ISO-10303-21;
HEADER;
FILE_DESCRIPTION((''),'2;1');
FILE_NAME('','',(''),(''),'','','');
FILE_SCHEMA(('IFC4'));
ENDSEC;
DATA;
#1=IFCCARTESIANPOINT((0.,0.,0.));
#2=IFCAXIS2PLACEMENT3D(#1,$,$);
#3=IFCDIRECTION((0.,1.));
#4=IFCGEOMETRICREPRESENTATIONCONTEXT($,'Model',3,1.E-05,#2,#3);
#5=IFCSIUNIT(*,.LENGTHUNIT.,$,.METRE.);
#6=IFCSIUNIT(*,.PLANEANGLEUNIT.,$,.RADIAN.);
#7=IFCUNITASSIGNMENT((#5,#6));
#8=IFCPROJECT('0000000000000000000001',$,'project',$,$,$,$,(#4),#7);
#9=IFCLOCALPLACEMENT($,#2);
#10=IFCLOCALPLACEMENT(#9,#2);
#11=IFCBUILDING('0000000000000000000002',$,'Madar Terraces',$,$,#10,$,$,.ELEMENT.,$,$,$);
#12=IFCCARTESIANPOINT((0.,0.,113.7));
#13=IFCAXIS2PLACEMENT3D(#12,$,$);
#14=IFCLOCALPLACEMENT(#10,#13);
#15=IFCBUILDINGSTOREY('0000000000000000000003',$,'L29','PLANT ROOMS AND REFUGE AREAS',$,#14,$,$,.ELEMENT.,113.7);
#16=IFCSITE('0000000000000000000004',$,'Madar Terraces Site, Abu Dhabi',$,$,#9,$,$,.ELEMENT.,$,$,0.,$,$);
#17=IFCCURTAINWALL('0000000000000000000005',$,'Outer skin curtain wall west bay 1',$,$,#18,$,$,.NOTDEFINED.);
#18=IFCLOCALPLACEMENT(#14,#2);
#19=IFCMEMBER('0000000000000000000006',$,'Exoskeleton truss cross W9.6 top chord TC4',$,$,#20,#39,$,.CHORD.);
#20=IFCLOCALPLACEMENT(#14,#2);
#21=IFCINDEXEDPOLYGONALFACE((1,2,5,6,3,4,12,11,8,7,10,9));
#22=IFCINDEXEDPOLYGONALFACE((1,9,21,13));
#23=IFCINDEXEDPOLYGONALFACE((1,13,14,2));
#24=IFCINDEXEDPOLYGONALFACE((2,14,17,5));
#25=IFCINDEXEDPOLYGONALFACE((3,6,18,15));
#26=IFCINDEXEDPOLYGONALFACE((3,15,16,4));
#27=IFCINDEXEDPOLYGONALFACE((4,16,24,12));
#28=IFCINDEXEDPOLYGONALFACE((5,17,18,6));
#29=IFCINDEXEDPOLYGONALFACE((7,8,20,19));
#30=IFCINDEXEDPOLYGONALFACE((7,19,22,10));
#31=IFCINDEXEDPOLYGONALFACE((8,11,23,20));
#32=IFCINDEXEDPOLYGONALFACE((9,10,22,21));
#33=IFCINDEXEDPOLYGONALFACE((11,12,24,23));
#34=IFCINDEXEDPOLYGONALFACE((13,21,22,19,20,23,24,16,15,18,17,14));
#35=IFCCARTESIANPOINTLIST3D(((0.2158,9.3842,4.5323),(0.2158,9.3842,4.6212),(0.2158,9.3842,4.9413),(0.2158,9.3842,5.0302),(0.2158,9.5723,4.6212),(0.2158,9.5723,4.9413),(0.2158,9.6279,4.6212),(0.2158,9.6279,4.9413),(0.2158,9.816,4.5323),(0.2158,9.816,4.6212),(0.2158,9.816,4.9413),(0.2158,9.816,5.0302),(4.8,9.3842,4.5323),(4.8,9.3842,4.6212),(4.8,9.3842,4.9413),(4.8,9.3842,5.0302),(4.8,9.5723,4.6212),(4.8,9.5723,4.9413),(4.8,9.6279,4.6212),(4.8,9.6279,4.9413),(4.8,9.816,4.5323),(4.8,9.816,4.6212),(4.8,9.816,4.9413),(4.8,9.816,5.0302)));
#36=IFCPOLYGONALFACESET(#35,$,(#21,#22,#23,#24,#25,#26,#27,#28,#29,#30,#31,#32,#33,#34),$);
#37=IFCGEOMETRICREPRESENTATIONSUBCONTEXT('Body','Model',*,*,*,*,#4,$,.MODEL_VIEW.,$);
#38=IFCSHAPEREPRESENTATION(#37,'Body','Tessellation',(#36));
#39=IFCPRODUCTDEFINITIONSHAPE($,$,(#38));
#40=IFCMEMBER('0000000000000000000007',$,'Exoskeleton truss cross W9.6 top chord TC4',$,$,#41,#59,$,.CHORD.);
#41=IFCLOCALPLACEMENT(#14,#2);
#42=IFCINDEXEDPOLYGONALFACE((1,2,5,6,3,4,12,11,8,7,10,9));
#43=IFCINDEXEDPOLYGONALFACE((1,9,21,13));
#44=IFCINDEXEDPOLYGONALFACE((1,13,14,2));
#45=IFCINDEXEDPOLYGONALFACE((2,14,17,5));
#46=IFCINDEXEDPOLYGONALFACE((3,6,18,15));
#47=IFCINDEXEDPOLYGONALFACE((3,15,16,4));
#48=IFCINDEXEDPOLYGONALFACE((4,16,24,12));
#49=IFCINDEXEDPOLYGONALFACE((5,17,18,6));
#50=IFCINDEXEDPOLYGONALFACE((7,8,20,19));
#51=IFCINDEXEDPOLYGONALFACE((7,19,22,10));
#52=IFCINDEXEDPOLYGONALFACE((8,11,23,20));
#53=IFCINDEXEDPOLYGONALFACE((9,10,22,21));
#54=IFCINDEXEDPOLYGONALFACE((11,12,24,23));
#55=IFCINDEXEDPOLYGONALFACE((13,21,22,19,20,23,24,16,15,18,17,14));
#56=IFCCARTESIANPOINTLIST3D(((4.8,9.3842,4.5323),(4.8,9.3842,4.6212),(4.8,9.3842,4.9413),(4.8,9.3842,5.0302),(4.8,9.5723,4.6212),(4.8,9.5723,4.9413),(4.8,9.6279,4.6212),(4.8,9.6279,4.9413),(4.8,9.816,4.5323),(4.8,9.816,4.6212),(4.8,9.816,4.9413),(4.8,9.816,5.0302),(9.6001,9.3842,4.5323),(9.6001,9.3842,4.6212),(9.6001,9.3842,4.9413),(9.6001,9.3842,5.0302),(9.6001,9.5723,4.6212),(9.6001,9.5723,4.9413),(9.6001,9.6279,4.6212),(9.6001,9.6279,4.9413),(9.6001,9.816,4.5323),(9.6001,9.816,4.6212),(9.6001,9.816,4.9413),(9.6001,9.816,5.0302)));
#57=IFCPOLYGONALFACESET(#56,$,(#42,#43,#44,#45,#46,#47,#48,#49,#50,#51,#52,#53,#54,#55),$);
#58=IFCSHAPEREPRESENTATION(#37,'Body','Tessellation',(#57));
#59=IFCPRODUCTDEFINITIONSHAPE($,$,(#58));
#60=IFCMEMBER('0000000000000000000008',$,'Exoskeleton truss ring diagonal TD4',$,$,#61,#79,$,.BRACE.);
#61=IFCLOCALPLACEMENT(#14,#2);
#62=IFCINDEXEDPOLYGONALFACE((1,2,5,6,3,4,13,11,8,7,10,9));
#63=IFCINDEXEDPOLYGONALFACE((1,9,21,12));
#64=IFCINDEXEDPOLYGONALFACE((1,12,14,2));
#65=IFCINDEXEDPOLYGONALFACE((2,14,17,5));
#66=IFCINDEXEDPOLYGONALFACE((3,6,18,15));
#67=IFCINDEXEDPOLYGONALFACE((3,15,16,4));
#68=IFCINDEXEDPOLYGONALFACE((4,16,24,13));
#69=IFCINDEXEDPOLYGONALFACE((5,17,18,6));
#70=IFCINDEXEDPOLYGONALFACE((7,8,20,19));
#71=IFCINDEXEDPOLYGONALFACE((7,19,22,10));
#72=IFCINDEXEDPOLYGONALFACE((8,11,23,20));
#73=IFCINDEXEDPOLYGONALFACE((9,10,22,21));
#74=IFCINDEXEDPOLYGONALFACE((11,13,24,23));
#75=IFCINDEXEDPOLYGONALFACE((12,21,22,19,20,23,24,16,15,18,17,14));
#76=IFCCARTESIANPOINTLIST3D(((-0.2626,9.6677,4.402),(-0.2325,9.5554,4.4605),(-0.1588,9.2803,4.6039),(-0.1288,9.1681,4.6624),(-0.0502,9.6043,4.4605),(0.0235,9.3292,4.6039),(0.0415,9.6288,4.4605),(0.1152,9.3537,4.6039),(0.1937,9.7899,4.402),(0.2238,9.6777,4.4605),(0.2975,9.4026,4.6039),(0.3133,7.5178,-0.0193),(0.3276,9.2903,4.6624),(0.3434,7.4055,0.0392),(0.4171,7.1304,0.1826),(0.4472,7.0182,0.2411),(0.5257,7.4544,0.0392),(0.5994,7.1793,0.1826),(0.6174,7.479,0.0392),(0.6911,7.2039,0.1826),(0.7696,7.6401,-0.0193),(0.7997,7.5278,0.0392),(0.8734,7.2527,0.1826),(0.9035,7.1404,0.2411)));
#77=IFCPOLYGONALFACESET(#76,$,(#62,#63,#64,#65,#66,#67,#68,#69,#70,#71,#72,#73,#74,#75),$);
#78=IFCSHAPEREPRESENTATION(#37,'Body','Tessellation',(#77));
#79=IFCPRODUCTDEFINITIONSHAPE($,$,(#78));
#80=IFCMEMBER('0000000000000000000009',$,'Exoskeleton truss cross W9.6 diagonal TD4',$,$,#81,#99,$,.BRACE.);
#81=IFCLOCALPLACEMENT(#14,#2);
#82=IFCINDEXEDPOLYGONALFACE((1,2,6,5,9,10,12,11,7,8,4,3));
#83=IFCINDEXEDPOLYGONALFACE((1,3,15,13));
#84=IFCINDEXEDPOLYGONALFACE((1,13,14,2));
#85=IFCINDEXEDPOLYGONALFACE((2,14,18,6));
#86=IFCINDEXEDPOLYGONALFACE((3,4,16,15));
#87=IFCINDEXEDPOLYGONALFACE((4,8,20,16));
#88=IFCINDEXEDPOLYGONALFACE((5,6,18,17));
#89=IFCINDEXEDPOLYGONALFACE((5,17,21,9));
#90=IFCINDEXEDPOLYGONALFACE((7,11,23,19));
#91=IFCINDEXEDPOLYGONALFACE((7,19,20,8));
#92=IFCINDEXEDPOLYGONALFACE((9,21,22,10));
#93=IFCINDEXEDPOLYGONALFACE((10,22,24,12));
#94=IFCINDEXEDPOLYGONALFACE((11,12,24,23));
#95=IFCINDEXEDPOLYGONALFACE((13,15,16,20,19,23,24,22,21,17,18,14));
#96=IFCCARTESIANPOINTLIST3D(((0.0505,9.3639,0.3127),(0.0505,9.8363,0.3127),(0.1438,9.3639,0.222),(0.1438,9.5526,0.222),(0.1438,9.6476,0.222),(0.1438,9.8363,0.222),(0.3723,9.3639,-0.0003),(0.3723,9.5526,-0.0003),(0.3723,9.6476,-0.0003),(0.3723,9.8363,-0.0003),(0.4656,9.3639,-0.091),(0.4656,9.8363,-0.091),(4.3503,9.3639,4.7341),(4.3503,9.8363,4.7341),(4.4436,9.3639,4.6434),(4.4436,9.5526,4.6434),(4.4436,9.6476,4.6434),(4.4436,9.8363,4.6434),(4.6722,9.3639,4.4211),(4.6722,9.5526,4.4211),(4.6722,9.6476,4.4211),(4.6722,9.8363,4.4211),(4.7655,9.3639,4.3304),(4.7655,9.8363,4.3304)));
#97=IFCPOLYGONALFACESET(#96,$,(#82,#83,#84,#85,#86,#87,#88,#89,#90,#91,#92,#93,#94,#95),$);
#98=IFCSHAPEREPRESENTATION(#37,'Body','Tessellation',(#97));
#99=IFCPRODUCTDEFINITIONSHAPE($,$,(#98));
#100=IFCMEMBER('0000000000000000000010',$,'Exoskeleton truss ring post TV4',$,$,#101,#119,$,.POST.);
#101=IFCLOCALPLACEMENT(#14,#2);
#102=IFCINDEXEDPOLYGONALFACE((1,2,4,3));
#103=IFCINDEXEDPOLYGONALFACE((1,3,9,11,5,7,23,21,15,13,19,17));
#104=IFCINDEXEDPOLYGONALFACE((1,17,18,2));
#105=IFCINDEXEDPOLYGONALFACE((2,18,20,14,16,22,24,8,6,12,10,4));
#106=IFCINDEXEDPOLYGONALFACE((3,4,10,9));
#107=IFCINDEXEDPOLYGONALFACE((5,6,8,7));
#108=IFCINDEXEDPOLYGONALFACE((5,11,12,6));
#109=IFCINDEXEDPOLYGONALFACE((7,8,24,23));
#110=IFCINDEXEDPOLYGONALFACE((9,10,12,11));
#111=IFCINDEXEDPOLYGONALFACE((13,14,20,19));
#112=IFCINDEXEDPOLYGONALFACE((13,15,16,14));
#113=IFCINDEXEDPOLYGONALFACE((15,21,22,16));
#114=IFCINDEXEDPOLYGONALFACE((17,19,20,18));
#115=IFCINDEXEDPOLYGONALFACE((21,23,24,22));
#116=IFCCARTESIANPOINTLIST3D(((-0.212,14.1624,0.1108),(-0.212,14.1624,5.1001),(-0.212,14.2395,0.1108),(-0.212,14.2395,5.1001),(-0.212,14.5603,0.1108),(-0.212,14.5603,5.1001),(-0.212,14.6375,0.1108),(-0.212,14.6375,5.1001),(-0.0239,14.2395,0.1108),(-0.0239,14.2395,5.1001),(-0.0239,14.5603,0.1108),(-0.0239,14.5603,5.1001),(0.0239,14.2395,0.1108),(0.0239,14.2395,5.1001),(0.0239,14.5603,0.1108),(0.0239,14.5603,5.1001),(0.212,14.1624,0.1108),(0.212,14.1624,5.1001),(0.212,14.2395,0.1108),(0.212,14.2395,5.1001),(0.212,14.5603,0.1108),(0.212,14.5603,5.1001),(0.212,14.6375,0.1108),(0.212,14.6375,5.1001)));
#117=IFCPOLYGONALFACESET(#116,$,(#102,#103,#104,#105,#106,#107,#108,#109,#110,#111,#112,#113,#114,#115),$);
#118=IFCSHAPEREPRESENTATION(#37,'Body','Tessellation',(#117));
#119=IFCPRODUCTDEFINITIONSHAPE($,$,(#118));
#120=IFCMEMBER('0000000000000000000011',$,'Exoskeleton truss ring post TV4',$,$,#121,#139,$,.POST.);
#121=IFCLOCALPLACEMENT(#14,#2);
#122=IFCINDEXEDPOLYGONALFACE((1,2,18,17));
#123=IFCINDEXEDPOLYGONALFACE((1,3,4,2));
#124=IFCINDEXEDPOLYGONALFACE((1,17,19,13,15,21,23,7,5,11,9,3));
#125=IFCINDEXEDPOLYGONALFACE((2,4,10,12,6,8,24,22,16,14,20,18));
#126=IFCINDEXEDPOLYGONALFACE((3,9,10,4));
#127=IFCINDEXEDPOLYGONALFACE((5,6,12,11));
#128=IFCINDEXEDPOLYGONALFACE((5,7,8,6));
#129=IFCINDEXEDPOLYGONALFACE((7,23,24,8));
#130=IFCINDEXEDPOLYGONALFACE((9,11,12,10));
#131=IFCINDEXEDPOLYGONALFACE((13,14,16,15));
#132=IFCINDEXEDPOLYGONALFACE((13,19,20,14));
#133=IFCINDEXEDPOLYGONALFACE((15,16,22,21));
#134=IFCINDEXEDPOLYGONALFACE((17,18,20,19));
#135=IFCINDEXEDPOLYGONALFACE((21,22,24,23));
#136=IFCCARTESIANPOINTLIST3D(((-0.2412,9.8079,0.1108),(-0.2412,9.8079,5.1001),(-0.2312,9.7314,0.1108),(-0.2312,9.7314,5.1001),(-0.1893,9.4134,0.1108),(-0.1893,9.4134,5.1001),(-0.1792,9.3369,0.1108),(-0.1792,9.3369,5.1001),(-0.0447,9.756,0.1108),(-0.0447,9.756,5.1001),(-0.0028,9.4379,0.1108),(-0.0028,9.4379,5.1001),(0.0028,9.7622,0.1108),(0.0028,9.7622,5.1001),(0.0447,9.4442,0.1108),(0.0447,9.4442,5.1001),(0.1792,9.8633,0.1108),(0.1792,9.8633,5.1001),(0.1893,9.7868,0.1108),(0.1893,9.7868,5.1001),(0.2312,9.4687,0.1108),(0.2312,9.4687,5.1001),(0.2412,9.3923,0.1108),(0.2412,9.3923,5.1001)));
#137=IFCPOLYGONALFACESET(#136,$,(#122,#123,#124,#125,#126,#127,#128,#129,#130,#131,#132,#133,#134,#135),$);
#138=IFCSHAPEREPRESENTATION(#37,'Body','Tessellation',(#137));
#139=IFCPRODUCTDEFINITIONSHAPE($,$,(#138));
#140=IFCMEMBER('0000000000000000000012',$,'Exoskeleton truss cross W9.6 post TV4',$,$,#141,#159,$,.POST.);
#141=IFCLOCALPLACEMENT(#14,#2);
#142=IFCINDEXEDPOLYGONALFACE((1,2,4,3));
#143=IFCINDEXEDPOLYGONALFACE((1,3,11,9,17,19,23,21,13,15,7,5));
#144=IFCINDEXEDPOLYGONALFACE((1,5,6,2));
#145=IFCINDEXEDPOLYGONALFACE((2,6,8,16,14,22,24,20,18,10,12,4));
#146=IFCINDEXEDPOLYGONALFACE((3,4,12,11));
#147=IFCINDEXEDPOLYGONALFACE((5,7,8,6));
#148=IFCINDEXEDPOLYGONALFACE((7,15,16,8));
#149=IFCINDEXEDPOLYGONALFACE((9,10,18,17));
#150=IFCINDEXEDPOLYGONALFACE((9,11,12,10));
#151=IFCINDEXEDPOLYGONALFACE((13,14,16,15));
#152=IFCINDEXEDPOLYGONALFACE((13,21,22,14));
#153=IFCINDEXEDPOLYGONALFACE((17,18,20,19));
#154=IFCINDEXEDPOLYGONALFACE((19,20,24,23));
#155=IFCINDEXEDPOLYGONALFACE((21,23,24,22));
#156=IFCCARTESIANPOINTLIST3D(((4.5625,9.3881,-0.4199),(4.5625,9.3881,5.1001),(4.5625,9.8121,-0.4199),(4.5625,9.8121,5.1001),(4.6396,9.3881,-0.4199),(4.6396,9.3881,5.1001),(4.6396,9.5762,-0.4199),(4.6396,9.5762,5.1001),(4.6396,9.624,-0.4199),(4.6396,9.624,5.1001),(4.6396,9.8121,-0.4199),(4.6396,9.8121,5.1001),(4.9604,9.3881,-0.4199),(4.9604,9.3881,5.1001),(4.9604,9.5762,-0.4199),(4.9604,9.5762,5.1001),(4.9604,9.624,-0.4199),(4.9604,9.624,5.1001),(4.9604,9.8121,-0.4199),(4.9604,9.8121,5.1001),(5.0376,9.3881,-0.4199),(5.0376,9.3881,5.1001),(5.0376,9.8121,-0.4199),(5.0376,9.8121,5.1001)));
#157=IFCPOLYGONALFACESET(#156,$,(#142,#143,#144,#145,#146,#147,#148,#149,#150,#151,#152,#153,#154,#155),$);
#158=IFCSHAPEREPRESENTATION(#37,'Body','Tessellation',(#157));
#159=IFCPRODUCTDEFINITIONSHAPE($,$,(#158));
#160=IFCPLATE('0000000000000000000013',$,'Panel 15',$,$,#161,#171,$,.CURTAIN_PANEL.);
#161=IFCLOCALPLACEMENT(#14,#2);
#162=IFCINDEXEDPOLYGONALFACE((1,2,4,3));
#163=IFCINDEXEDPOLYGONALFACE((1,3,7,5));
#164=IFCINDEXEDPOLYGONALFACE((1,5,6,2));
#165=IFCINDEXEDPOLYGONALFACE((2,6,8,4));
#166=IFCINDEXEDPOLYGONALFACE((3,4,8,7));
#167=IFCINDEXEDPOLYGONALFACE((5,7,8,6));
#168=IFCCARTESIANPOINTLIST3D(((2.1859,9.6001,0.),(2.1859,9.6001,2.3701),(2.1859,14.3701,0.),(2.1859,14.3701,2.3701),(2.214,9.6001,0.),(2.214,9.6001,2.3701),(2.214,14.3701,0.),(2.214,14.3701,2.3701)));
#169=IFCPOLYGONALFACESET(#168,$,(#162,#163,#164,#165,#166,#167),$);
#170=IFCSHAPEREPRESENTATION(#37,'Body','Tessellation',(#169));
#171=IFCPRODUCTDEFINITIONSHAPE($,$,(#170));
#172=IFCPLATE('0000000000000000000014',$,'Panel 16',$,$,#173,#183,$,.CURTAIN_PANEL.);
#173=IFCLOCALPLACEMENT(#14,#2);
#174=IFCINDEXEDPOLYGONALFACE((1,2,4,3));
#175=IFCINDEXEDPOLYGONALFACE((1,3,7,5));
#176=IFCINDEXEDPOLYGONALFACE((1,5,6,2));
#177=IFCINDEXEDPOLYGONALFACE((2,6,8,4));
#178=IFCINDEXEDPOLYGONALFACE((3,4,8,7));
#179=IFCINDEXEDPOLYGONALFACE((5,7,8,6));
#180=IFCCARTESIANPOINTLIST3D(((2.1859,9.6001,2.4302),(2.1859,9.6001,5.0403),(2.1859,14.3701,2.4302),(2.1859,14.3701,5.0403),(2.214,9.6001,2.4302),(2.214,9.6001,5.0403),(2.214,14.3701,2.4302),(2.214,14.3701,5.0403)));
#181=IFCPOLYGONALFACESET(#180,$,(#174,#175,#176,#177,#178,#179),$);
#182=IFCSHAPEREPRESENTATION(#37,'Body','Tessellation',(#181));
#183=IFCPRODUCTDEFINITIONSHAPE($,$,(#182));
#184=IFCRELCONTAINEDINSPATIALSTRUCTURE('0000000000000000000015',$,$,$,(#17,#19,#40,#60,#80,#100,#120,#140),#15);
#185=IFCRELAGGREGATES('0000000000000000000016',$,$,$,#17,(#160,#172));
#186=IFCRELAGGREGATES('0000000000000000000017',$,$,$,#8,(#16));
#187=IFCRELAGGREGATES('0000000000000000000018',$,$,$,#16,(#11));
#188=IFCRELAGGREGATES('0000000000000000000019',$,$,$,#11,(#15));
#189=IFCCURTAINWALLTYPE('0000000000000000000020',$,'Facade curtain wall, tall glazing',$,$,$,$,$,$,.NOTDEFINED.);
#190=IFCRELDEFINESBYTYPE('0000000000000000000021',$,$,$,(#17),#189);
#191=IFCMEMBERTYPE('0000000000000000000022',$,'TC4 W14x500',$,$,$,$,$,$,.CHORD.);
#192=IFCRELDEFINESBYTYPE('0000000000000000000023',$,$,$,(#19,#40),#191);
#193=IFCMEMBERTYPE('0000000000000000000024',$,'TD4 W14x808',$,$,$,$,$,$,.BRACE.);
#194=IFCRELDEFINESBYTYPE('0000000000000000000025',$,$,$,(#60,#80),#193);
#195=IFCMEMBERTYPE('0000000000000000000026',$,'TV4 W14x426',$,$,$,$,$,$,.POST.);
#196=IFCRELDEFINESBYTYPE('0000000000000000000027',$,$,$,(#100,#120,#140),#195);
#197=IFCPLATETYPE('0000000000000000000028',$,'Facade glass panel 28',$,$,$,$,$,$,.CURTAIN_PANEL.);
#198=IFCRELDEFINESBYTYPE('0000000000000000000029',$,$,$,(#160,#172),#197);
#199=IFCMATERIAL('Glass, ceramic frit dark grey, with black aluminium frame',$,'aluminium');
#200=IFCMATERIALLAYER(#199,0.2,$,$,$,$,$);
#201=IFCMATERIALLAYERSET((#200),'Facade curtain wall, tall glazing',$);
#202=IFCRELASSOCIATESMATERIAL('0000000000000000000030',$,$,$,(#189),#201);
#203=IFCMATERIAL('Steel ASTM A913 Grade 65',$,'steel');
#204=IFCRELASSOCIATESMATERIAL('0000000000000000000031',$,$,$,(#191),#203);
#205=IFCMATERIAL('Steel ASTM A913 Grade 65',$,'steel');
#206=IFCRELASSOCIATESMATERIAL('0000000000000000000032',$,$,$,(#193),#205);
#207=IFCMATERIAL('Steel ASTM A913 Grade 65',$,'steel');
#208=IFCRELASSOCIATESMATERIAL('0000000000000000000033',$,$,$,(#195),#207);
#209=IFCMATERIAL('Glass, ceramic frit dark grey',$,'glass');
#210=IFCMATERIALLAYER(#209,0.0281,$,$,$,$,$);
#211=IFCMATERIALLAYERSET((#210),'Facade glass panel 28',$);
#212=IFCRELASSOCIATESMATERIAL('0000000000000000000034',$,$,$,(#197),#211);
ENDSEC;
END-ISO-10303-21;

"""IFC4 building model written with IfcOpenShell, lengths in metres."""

from ifc_helpers import new_model, si_unit, direction, frame, origin, origin_2d, place, context, subcontext, project, spatial, rectangle, i_section, extrude, material, layer, layer_set, material_profile, profile_set, type_object, element, aggregate, save


model = new_model("IFC4")

# Units and contexts
model_context = context("Model", 3, precision=1e-05, world=origin(), true_north=direction((0.0, 1.0)))
body_context = subcontext(model_context, "Body", "Model", "MODEL_VIEW")
ifc_project = project(units=[si_unit("LENGTHUNIT", "METRE"), si_unit("PLANEANGLEUNIT", "RADIAN")], contexts=[model_context])

# Site, building, storey
site_placement = place(None, origin())
site = spatial("IfcSite", under=ifc_project, at=site_placement, Name="Madar Terraces Site, Abu Dhabi", CompositionType="ELEMENT", RefElevation=0.0)
building_placement = place(site_placement, origin())
building = spatial("IfcBuilding", under=site, at=building_placement, Name="Madar Terraces", CompositionType="ELEMENT")
storey_placement = place(building_placement, frame((0.0, 0.0, 113.7)))
storey = spatial("IfcBuildingStorey", under=building, at=storey_placement, Name="L29", Description="PLANT ROOMS AND REFUGE AREAS", CompositionType="ELEMENT", Elevation=113.7)

# Curtain wall
ifc_material_1 = material(Name="Glass, ceramic frit dark grey, with black aluminium frame", Category="aluminium")
ifc_layer_1 = layer(ifc_material_1, 0.2)
ifc_layer_set_1 = layer_set([ifc_layer_1], Name="Facade curtain wall, tall glazing")
curtain_wall_type = type_object("IfcCurtainWallType", Name="Facade curtain wall, tall glazing", PredefinedType="NOTDEFINED", material=ifc_layer_set_1)
curtain_wall_1_placement = place(storey_placement, origin())
curtain_wall_1 = element("IfcCurtainWall", 1, at=curtain_wall_1_placement, inside=storey, type_object=curtain_wall_type, Name="Outer skin curtain wall west bay 1", PredefinedType="NOTDEFINED")

# Members
ifc_material_2 = material(Name="Steel ASTM A913 Grade 65", Category="steel")
ifc_material_profile_1 = material_profile(ifc_material_2, i_section(OverallWidth=0.4319, OverallDepth=0.4978, WebThickness=0.0557, FlangeThickness=0.0889, at=origin_2d()), Name="W14x500")
ifc_profile_set_1 = profile_set([ifc_material_profile_1], Name="Steel ASTM A913 Grade 65")
member_type_1 = type_object("IfcMemberType", Name="TC4 W14x500", PredefinedType="CHORD", material=ifc_profile_set_1)
member_1_placement = place(storey_placement, frame((0.2158, 9.6001, 4.7812), z_axis=(1.0, 0.0, 0.0), x_axis=(0.0, 1.0, 0.0)))
element("IfcMember", 2, at=member_1_placement, inside=storey, type_object=member_type_1, Name="Exoskeleton truss cross W9.6 top chord TC4", PredefinedType="CHORD", context=body_context, shape_type="SweptSolid", body=[
    extrude(i_section(OverallWidth=0.4319, OverallDepth=0.4978, WebThickness=0.0557, FlangeThickness=0.0889, at=origin_2d()), origin(), (0.0, 0.0, 1.0), 4.5842),
])
member_2_placement = place(storey_placement, frame((4.8, 9.6001, 4.7812), z_axis=(1.0, 0.0, 0.0), x_axis=(0.0, 1.0, 0.0)))
element("IfcMember", 3, at=member_2_placement, inside=storey, type_object=member_type_1, Name="Exoskeleton truss cross W9.6 top chord TC4", PredefinedType="CHORD", context=body_context, shape_type="SweptSolid", body=[
    extrude(i_section(OverallWidth=0.4319, OverallDepth=0.4978, WebThickness=0.0557, FlangeThickness=0.0889, at=origin_2d()), origin(), (0.0, 0.0, 1.0), 4.8),
])
ifc_material_3 = material(Name="Steel ASTM A913 Grade 65", Category="steel")
ifc_material_profile_2 = material_profile(ifc_material_3, i_section(OverallWidth=0.4724, OverallDepth=0.5791, WebThickness=0.095, FlangeThickness=0.1301, at=origin_2d()), Name="W14x808")
ifc_profile_set_2 = profile_set([ifc_material_profile_2], Name="Steel ASTM A913 Grade 65")
member_type_2 = type_object("IfcMemberType", Name="TD4 W14x808", PredefinedType="BRACE", material=ifc_profile_set_2)
member_3_placement = place(storey_placement, frame((0.0325, 9.479, 4.5322), z_axis=(0.116349, -0.434324, -0.893211), x_axis=(0.965941, 0.258762, 0.0)))
element("IfcMember", 4, at=member_3_placement, inside=storey, type_object=member_type_2, Name="Exoskeleton truss ring diagonal TD4", PredefinedType="BRACE", context=body_context, shape_type="SweptSolid", body=[
    extrude(i_section(OverallWidth=0.4724, OverallDepth=0.5791, WebThickness=0.095, FlangeThickness=0.1301, at=origin_2d()), origin(), (0.0, 0.0, 1.0), 4.95),
])
member_4_placement = place(storey_placement, frame((0.2581, 9.6001, 0.1108), z_axis=(0.697181, 0.0, 0.716895), x_axis=(0.0, 1.0, 0.0)))
element("IfcMember", 5, at=member_4_placement, inside=storey, type_object=member_type_2, Name="Exoskeleton truss cross W9.6 diagonal TD4", PredefinedType="BRACE", context=body_context, shape_type="SweptSolid", body=[
    extrude(i_section(OverallWidth=0.4724, OverallDepth=0.5791, WebThickness=0.095, FlangeThickness=0.1301, at=origin_2d()), origin(), (0.0, 0.0, 1.0), 6.1675),
])
ifc_material_4 = material(Name="Steel ASTM A913 Grade 65", Category="steel")
ifc_material_profile_3 = material_profile(ifc_material_4, i_section(OverallWidth=0.4241, OverallDepth=0.4751, WebThickness=0.0479, FlangeThickness=0.0771, at=origin_2d()), Name="W14x426")
ifc_profile_set_3 = profile_set([ifc_material_profile_3], Name="Steel ASTM A913 Grade 65")
member_type_3 = type_object("IfcMemberType", Name="TV4 W14x426", PredefinedType="POST", material=ifc_profile_set_3)
for number, where, z_axis, x_axis, name in (
    (6, (0.0, 14.3999, 0.1108), (0.0, 0.0, 1.0), (1.0, 0.0, 0.0), "Exoskeleton truss ring post TV4"),
    (7, (0.0, 9.6001, 0.1108), (0.0, 0.0, 1.0), (0.991445, 0.130526, 0.0), "Exoskeleton truss ring post TV4"),
):
    element("IfcMember", number, at=place(storey_placement, frame(where, z_axis=z_axis, x_axis=x_axis)), inside=storey, type_object=member_type_3, Name=name, PredefinedType="POST", context=body_context, shape_type="SweptSolid", body=[
        extrude(i_section(OverallWidth=0.4241, OverallDepth=0.4751, WebThickness=0.0479, FlangeThickness=0.0771, at=origin_2d()), origin(), (0.0, 0.0, 1.0), 4.9893),
    ])
member_5_placement = place(storey_placement, frame((4.8, 9.6001, -0.4199), z_axis=(0.0, 0.0, 1.0), x_axis=(0.0, 1.0, 0.0)))
element("IfcMember", 8, at=member_5_placement, inside=storey, type_object=member_type_3, Name="Exoskeleton truss cross W9.6 post TV4", PredefinedType="POST", context=body_context, shape_type="SweptSolid", body=[
    extrude(i_section(OverallWidth=0.4241, OverallDepth=0.4751, WebThickness=0.0479, FlangeThickness=0.0771, at=origin_2d()), origin(), (0.0, 0.0, 1.0), 5.52),
])

# Plates
ifc_material_5 = material(Name="Glass, ceramic frit dark grey", Category="glass")
ifc_layer_2 = layer(ifc_material_5, 0.0281)
ifc_layer_set_2 = layer_set([ifc_layer_2], Name="Facade glass panel 28")
plate_type = type_object("IfcPlateType", Name="Facade glass panel 28", PredefinedType="CURTAIN_PANEL", material=ifc_layer_set_2)
plate_1_placement = place(storey_placement, frame((2.2, 11.9851, 0.0), z_axis=(0.0, 0.0, 1.0), x_axis=(0.0, -1.0, 0.0)))
plate_1 = element("IfcPlate", 9, at=plate_1_placement, type_object=plate_type, Name="Panel 15", PredefinedType="CURTAIN_PANEL", context=body_context, shape_type="SweptSolid", body=[
    extrude(rectangle(XDim=4.77, YDim=0.0281, at=origin_2d()), origin(), (0.0, 0.0, 1.0), 2.3701),
])
plate_2_placement = place(storey_placement, frame((2.2, 11.9851, 2.4302), z_axis=(0.0, 0.0, 1.0), x_axis=(0.0, -1.0, 0.0)))
plate_2 = element("IfcPlate", 10, at=plate_2_placement, type_object=plate_type, Name="Panel 16", PredefinedType="CURTAIN_PANEL", context=body_context, shape_type="SweptSolid", body=[
    extrude(rectangle(XDim=4.77, YDim=0.0281, at=origin_2d()), origin(), (0.0, 0.0, 1.0), 2.6101),
])
aggregate(curtain_wall_1, [plate_1, plate_2])

save(model, "model.ifc")
